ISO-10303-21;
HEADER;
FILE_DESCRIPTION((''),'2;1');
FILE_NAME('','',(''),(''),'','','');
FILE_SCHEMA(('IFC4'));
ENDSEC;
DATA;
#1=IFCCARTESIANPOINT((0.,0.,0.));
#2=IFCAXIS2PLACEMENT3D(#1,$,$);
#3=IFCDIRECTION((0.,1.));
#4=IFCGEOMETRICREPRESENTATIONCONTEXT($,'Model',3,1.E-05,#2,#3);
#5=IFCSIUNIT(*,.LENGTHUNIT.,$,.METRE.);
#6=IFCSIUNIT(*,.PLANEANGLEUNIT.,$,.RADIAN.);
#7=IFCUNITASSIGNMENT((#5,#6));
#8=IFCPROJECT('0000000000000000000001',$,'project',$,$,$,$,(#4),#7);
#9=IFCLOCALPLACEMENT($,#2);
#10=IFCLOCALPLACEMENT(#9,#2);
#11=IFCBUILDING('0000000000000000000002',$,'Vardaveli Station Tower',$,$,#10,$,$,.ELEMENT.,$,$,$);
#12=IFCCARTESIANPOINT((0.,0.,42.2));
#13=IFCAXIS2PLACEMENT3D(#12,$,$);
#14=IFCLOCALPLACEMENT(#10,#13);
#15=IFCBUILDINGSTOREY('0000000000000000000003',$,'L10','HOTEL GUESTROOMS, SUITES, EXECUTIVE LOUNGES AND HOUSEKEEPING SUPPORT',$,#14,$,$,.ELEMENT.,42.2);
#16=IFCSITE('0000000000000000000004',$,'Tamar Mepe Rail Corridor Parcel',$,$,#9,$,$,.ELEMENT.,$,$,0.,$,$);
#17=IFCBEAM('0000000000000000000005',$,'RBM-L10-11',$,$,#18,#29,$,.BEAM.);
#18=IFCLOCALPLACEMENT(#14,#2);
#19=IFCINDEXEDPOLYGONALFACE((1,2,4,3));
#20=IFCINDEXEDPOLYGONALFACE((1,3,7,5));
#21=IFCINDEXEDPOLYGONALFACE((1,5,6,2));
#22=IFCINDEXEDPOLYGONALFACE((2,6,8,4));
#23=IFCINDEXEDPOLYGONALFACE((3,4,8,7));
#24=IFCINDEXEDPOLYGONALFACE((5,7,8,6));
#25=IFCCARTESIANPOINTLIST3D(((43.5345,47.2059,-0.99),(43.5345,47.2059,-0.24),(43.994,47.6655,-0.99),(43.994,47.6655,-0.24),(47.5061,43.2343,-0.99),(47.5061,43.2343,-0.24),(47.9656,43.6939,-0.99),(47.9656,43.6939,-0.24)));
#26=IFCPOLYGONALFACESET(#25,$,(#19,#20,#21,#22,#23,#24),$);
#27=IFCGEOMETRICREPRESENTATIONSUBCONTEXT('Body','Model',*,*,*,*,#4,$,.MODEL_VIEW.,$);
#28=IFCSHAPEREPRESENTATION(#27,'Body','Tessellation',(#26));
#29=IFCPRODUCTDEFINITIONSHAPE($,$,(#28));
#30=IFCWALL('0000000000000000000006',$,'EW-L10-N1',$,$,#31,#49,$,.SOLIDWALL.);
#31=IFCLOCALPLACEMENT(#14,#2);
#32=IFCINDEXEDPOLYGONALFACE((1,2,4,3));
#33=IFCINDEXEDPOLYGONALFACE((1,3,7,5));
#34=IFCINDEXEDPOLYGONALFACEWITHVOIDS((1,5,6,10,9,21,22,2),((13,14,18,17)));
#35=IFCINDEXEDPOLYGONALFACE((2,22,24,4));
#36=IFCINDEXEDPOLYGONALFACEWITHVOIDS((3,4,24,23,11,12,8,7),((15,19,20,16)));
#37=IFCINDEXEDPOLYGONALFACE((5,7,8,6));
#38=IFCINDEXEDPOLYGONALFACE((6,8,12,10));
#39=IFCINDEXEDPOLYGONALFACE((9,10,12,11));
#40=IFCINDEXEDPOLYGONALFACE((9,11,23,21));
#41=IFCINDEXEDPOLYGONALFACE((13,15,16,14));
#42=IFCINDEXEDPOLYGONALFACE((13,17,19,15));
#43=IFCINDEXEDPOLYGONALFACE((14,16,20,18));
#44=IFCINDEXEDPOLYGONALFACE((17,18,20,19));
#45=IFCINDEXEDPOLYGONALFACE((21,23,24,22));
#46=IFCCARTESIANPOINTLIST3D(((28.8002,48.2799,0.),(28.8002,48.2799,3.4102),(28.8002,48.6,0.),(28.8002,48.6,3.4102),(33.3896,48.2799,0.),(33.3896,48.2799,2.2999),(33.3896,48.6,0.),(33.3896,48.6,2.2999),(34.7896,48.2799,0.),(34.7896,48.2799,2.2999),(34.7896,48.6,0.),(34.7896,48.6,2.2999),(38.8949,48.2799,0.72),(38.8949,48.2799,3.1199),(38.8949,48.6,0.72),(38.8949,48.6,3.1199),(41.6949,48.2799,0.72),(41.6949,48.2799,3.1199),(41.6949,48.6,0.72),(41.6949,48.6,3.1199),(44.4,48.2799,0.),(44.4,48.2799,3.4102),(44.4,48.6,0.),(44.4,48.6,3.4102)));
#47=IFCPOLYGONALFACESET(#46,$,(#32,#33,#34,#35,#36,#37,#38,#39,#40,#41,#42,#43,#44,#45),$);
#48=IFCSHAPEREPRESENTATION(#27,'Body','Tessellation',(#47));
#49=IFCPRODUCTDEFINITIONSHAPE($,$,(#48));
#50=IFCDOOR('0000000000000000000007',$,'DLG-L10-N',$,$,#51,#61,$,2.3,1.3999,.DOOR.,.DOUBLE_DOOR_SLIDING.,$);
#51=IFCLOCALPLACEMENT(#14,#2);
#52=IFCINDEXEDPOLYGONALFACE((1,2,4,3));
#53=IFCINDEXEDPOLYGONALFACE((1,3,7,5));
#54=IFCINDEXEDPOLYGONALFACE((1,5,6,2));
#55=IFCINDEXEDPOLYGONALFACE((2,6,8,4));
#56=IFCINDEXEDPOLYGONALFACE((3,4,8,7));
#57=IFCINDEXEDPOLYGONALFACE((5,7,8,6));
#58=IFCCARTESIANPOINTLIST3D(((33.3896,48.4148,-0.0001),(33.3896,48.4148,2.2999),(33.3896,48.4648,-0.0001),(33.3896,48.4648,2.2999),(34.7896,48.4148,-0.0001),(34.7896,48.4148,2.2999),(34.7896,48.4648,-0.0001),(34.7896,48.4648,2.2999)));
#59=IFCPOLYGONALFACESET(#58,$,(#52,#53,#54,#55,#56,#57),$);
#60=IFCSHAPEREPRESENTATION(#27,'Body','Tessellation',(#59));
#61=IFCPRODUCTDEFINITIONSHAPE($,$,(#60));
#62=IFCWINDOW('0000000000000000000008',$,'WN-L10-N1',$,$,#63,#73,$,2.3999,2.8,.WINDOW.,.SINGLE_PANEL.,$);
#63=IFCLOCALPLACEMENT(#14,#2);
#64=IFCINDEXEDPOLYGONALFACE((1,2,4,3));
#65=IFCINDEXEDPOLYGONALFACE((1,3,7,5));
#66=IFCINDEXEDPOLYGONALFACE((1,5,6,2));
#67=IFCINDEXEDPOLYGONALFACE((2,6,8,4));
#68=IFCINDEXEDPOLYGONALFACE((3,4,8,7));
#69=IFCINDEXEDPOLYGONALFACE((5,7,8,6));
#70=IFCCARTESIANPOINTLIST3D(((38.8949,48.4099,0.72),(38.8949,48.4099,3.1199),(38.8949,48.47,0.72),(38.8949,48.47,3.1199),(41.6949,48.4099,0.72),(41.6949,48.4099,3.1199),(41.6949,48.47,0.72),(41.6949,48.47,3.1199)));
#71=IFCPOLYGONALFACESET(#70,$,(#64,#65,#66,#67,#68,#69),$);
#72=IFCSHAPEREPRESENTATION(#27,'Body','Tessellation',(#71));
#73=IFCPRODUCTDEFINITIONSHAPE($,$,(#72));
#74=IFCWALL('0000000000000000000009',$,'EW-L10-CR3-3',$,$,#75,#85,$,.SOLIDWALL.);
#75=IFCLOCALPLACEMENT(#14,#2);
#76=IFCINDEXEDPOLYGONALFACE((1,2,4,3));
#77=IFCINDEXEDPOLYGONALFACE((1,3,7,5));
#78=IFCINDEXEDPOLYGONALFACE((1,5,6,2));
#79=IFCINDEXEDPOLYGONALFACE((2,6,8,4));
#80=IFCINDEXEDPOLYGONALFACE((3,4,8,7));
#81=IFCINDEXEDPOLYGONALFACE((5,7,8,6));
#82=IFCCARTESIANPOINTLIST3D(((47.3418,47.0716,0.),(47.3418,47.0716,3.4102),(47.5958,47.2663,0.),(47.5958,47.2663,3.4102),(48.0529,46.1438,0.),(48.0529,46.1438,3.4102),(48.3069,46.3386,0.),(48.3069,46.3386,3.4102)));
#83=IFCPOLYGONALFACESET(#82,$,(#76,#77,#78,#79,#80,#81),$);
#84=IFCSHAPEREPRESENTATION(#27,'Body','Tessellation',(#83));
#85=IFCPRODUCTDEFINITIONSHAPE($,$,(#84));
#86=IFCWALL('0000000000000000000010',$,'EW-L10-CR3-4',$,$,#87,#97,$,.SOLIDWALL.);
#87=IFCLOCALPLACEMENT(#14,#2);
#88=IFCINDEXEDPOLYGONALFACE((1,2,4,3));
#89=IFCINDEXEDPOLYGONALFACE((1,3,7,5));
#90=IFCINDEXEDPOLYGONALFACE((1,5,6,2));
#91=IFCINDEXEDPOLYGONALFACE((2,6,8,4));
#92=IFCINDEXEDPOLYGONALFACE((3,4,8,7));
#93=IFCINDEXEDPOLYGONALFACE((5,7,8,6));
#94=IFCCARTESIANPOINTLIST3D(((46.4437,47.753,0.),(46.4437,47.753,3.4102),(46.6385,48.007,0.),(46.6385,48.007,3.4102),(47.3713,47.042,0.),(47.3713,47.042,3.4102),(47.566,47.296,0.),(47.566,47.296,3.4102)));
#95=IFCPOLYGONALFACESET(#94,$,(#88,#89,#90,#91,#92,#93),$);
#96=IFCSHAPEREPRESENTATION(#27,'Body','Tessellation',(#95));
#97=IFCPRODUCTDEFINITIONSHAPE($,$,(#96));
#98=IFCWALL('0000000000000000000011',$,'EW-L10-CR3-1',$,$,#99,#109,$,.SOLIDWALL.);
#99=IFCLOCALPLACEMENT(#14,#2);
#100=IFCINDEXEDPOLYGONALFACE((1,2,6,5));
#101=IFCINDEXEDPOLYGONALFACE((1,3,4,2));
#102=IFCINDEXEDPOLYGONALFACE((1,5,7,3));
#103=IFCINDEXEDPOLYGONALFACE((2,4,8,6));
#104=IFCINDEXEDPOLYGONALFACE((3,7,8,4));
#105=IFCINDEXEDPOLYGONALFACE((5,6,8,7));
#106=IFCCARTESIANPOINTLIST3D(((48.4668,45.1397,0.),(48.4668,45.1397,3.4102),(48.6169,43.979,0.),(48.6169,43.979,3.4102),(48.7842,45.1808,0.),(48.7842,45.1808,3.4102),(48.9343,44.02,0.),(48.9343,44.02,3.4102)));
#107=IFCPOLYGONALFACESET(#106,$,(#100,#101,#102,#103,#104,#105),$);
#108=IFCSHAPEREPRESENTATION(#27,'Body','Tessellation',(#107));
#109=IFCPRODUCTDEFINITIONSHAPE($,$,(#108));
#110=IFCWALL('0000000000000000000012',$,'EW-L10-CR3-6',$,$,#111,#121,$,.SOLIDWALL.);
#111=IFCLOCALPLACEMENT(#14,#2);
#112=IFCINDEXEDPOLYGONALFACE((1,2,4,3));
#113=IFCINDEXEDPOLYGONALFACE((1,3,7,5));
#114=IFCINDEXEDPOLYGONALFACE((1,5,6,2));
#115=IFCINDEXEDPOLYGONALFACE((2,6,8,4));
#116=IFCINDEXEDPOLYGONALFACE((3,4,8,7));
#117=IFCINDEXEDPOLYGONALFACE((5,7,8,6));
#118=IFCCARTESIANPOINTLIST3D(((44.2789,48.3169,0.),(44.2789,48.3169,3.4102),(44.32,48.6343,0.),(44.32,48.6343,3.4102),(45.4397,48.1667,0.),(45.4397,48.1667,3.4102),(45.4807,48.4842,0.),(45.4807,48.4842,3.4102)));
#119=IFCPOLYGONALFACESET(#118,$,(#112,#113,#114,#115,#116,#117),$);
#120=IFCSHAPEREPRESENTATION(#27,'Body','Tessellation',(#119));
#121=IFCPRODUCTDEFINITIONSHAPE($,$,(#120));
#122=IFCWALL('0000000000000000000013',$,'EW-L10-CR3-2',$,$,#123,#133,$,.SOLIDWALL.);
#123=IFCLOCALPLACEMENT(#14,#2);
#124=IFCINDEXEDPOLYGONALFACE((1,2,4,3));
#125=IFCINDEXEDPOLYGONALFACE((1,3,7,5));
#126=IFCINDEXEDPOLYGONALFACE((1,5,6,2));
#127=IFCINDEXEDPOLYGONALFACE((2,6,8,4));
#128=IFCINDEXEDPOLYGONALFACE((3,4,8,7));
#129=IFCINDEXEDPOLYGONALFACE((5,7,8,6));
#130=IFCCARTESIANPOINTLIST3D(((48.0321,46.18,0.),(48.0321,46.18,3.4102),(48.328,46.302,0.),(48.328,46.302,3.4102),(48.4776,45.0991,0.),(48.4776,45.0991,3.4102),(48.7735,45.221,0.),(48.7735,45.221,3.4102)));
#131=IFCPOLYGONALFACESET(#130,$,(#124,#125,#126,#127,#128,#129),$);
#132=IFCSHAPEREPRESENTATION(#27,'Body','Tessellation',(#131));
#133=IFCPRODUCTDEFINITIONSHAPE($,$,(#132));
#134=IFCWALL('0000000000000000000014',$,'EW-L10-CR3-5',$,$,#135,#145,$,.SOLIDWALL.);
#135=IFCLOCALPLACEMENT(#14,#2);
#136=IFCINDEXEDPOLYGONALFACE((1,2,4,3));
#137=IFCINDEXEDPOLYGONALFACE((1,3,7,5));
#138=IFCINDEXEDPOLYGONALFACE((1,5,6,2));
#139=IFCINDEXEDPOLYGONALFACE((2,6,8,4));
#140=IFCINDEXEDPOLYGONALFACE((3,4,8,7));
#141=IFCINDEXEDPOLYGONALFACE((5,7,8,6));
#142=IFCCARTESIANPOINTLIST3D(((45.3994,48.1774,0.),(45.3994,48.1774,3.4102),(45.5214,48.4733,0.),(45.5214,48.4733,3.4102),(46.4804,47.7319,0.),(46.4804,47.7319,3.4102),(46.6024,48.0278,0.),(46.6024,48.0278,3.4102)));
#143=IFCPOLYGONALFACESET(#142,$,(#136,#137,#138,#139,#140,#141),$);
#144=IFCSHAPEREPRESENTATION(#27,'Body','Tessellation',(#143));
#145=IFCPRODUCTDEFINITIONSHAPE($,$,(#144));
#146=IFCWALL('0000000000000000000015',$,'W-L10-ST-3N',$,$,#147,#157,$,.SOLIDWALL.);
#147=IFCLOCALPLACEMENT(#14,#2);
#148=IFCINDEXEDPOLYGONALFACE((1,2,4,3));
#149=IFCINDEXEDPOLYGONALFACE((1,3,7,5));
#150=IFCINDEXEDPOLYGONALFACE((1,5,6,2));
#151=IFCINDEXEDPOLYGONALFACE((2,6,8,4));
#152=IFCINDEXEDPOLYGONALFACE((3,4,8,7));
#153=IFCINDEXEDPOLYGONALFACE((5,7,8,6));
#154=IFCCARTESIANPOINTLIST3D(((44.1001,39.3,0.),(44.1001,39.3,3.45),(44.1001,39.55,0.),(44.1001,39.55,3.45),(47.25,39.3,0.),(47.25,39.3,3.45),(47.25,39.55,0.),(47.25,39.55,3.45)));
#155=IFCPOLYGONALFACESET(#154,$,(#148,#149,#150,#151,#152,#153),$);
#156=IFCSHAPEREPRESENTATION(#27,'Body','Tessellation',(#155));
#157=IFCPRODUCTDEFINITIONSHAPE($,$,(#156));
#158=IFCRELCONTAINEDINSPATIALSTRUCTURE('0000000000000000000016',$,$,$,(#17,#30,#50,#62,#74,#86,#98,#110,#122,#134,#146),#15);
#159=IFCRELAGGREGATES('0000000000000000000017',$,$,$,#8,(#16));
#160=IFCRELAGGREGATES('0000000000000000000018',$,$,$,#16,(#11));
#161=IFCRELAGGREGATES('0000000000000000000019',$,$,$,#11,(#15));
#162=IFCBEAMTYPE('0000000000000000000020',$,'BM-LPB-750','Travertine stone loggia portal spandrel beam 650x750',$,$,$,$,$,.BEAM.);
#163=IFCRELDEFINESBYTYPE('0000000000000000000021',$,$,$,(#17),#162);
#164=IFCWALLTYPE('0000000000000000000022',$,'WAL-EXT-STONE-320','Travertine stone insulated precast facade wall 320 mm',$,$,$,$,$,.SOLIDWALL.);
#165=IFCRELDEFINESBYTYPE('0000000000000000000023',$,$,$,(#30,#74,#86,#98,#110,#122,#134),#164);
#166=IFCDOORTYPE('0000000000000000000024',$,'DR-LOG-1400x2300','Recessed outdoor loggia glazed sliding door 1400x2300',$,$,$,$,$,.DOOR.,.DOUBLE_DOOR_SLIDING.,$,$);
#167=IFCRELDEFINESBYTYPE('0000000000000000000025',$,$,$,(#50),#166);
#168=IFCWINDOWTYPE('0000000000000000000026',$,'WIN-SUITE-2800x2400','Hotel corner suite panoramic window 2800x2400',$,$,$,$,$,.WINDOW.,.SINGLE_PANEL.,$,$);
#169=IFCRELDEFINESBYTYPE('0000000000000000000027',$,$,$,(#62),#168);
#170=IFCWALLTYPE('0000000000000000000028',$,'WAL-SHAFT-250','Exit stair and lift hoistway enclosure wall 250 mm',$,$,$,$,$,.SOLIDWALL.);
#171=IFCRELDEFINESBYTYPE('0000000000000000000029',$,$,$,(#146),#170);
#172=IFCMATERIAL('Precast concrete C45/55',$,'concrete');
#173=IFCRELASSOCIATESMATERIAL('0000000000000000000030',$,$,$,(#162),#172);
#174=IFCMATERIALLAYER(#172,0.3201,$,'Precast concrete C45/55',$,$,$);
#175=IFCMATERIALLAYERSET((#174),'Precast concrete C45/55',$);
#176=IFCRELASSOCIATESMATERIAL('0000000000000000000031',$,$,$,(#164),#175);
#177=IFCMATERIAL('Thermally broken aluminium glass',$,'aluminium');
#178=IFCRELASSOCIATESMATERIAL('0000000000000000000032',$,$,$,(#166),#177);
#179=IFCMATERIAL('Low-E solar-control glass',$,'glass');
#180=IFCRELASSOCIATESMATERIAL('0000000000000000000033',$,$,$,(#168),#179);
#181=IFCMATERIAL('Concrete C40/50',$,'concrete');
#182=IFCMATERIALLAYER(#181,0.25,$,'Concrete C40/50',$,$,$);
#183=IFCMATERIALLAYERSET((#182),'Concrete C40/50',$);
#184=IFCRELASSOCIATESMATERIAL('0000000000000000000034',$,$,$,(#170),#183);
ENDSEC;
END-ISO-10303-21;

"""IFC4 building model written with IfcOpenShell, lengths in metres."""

from ifc_helpers import new_model, si_unit, direction, frame, frame_2d, origin, origin_2d, place, context, subcontext, project, spatial, rectangle, extrude, source, transform, mapped, material, layer, layer_set, material_profile, profile_set, type_object, element, fill, save


model = new_model("IFC4")

# Units and contexts
model_context = context("Model", 3, precision=1e-05, world=origin(), true_north=direction((0.0, 1.0)))
body_context = subcontext(model_context, "Body", "Model", "MODEL_VIEW")
ifc_project = project(units=[si_unit("LENGTHUNIT", "METRE"), si_unit("PLANEANGLEUNIT", "RADIAN")], contexts=[model_context])

# Site, building, storey
site_placement = place(None, origin())
site = spatial("IfcSite", under=ifc_project, at=site_placement, Name="Tamar Mepe Rail Corridor Parcel", CompositionType="ELEMENT", RefElevation=0.0)
building_placement = place(site_placement, origin())
building = spatial("IfcBuilding", under=site, at=building_placement, Name="Vardaveli Station Tower", CompositionType="ELEMENT")
storey_placement = place(building_placement, frame((0.0, 0.0, 42.2)))
storey = spatial("IfcBuildingStorey", under=building, at=storey_placement, Name="L10", Description="HOTEL GUESTROOMS, SUITES, EXECUTIVE LOUNGES AND HOUSEKEEPING SUPPORT", CompositionType="ELEMENT", Elevation=42.2)

# Beam
ifc_material_1 = material(Name="Precast concrete C45/55", Category="concrete")
ifc_material_profile_1 = material_profile(ifc_material_1, rectangle(XDim=0.6499, YDim=0.75, at=origin_2d()), Name="LPB 650x750")
ifc_profile_set_1 = profile_set([ifc_material_profile_1], Name="Precast concrete C45/55")
beam_type = type_object("IfcBeamType", Name="BM-LPB-750", Description="Travertine stone loggia portal spandrel beam 650x750", PredefinedType="BEAM", material=ifc_profile_set_1)
shared_shape_1 = source(origin(), body_context, "Body", "SweptSolid", [
    extrude(rectangle(XDim=0.6499, YDim=0.75, at=origin_2d()), origin(), (0.0, 0.0, 1.0), 5.6167),
])
beam_placement = place(storey_placement, frame((47.7358, 43.4641, -0.615), z_axis=(-0.707107, 0.707107, 0.0), x_axis=(-0.707107, -0.707107, 0.0)))
element("IfcBeam", 1, at=beam_placement, inside=storey, type_object=beam_type, Name="RBM-L10-11", PredefinedType="BEAM", context=body_context, shape_type="MappedRepresentation", body=[
    mapped(shared_shape_1, transform((0.0, 0.0, 0.0), scale=1.0)),
])

# Wall, openings, door, window
ifc_layer_1 = layer(ifc_material_1, 0.3201, Name="Precast concrete C45/55")
ifc_layer_set_1 = layer_set([ifc_layer_1], Name="Precast concrete C45/55")
wall_type_1 = type_object("IfcWallType", Name="WAL-EXT-STONE-320", Description="Travertine stone insulated precast facade wall 320 mm", PredefinedType="SOLIDWALL", material=ifc_layer_set_1)
shared_shape_2 = source(origin(), body_context, "Body", "SweptSolid", [
    extrude(rectangle(XDim=15.5999, YDim=0.3201, at=frame_2d((7.7998, 0.0))), origin(), (0.0, 0.0, 1.0), 3.4102),
])
wall_1_placement = place(storey_placement, frame((44.3999, 48.4399, 0.0), z_axis=(0.0, 0.0, 1.0), x_axis=(-1.0, 0.0, 0.0)))
wall_1 = element("IfcWall", 2, at=wall_1_placement, inside=storey, type_object=wall_type_1, Name="EW-L10-N1", PredefinedType="SOLIDWALL", context=body_context, shape_type="MappedRepresentation", body=[
    mapped(shared_shape_2, transform((0.0, 0.0, 0.0), scale=1.0)),
])
shared_shape_3 = source(origin(), body_context, "Body", "SweptSolid", [
    extrude(rectangle(XDim=1.3999, YDim=2.3, at=frame_2d((0.7, 1.1499))), frame((0.0, 0.1699, 0.0), z_axis=(0.0, -1.0, 0.0), x_axis=(1.0, 0.0, 0.0)), (0.0, 0.0, 1.0), 0.3401),
])
opening_1_placement = place(wall_1_placement, frame((9.6104, 0.0, 0.0)))
opening_1 = element("IfcOpeningElement", 3, at=opening_1_placement, cuts=wall_1, PredefinedType="OPENING", context=body_context, shape_type="MappedRepresentation", body=[
    mapped(shared_shape_3, transform((0.0, 0.0, 0.0), scale=1.0)),
])
shared_shape_4 = source(origin(), body_context, "Body", "SweptSolid", [
    extrude(rectangle(XDim=2.8, YDim=2.3999, at=frame_2d((1.3999, 1.2))), frame((0.0, 0.1699, 0.0), z_axis=(0.0, -1.0, 0.0), x_axis=(1.0, 0.0, 0.0)), (0.0, 0.0, 1.0), 0.3401),
])
opening_2_placement = place(wall_1_placement, frame((2.7051, 0.0, 0.72)))
opening_2 = element("IfcOpeningElement", 4, at=opening_2_placement, cuts=wall_1, PredefinedType="OPENING", context=body_context, shape_type="MappedRepresentation", body=[
    mapped(shared_shape_4, transform((0.0, 0.0, 0.0), scale=1.0)),
])
ifc_material_2 = material(Name="Thermally broken aluminium glass", Category="aluminium")
door_type = type_object("IfcDoorType", Name="DR-LOG-1400x2300", Description="Recessed outdoor loggia glazed sliding door 1400x2300", OperationType="DOUBLE_DOOR_SLIDING", PredefinedType="DOOR", material=ifc_material_2)
shared_shape_5 = source(origin(), body_context, "Body", "SweptSolid", [
    extrude(rectangle(XDim=1.3999, YDim=2.3, at=frame_2d((0.7, 1.1499))), frame((0.0, 0.0249, 0.0), z_axis=(0.0, -1.0, 0.0), x_axis=(1.0, 0.0, 0.0)), (0.0, 0.0, 1.0), 0.05),
])
door_placement = place(opening_1_placement, frame((1.3999, 0.0, 0.0), z_axis=(0.0, 0.0, 1.0), x_axis=(-1.0, 0.0, 0.0)))
door = element("IfcDoor", 5, at=door_placement, inside=storey, type_object=door_type, Name="DLG-L10-N", OperationType="DOUBLE_DOOR_SLIDING", OverallHeight=2.3, OverallWidth=1.3999, PredefinedType="DOOR", context=body_context, shape_type="MappedRepresentation", body=[
    mapped(shared_shape_5, transform((0.0, 0.0, 0.0), scale=1.0)),
])
fill(opening_1, door)
ifc_material_3 = material(Name="Low-E solar-control glass", Category="glass")
window_type = type_object("IfcWindowType", Name="WIN-SUITE-2800x2400", Description="Hotel corner suite panoramic window 2800x2400", PartitioningType="SINGLE_PANEL", PredefinedType="WINDOW", material=ifc_material_3)
shared_shape_6 = source(origin(), body_context, "Body", "SweptSolid", [
    extrude(rectangle(XDim=2.8, YDim=2.3999, at=frame_2d((1.3999, 1.2))), frame((0.0, 0.03, 0.0), z_axis=(0.0, -1.0, 0.0), x_axis=(1.0, 0.0, 0.0)), (0.0, 0.0, 1.0), 0.0601),
])
window_placement = place(opening_2_placement, origin())
window = element("IfcWindow", 6, at=window_placement, inside=storey, type_object=window_type, Name="WN-L10-N1", OverallHeight=2.3999, OverallWidth=2.8, PartitioningType="SINGLE_PANEL", PredefinedType="WINDOW", context=body_context, shape_type="MappedRepresentation", body=[
    mapped(shared_shape_6, transform((0.0, 0.0, 0.0), scale=1.0)),
])
fill(opening_2, window)

# Walls
shared_shape_7 = source(origin(), body_context, "Body", "SweptSolid", [
    extrude(rectangle(XDim=1.1689, YDim=0.3201, at=frame_2d((0.5845, 0.0))), origin(), (0.0, 0.0, 1.0), 3.4102),
])
wall_2_placement = place(storey_placement, frame((48.1799, 46.2412, 0.0), z_axis=(0.0, 0.0, 1.0), x_axis=(-0.608388, 0.79364, 0.0)))
element("IfcWall", 7, at=wall_2_placement, inside=storey, type_object=wall_type_1, Name="EW-L10-CR3-3", PredefinedType="SOLIDWALL", context=body_context, shape_type="MappedRepresentation", body=[
    mapped(shared_shape_7, transform((0.0, 0.0, 0.0), scale=1.0)),
])
shared_shape_8 = source(origin(), body_context, "Body", "SweptSolid", [
    extrude(rectangle(XDim=1.1687, YDim=0.3201, at=frame_2d((0.5845, 0.0))), origin(), (0.0, 0.0, 1.0), 3.4102),
])
wall_3_placement = place(storey_placement, frame((47.4688, 47.1689, 0.0), z_axis=(0.0, 0.0, 1.0), x_axis=(-0.793664, 0.608357, 0.0)))
element("IfcWall", 8, at=wall_3_placement, inside=storey, type_object=wall_type_1, Name="EW-L10-CR3-4", PredefinedType="SOLIDWALL", context=body_context, shape_type="MappedRepresentation", body=[
    mapped(shared_shape_8, transform((0.0, 0.0, 0.0), scale=1.0)),
])
shared_shape_9 = source(origin(), body_context, "Body", "SweptSolid", [
    extrude(rectangle(XDim=1.1704, YDim=0.3201, at=frame_2d((0.5852, 0.0))), origin(), (0.0, 0.0, 1.0), 3.4102),
])
for number, where, z_axis, x_axis, name in (
    (9, (48.7756, 43.9995, 0.0), (0.0, 0.0, 1.0), (-0.128296, 0.991736, 0.0), "EW-L10-CR3-1"),
    (10, (45.4602, 48.3254, 0.0), (0.0, 0.0, 1.0), (-0.991736, 0.128296, 0.0), "EW-L10-CR3-6"),
):
    element("IfcWall", number, at=place(storey_placement, frame(where, z_axis=z_axis, x_axis=x_axis)), inside=storey, type_object=wall_type_1, Name=name, PredefinedType="SOLIDWALL", context=body_context, shape_type="MappedRepresentation", body=[
        mapped(shared_shape_9, transform((0.0, 0.0, 0.0), scale=1.0)),
    ])
shared_shape_10 = source(origin(), body_context, "Body", "SweptSolid", [
    extrude(rectangle(XDim=1.1692, YDim=0.3201, at=frame_2d((0.5845, 0.0))), origin(), (0.0, 0.0, 1.0), 3.4102),
])
for number, where, z_axis, x_axis, name in (
    (11, (48.6255, 45.1602, 0.0), (0.0, 0.0, 1.0), (-0.381054, 0.924553, 0.0), "EW-L10-CR3-2"),
    (12, (46.5413, 47.8799, 0.0), (0.0, 0.0, 1.0), (-0.924553, 0.381054, 0.0), "EW-L10-CR3-5"),
):
    element("IfcWall", number, at=place(storey_placement, frame(where, z_axis=z_axis, x_axis=x_axis)), inside=storey, type_object=wall_type_1, Name=name, PredefinedType="SOLIDWALL", context=body_context, shape_type="MappedRepresentation", body=[
        mapped(shared_shape_10, transform((0.0, 0.0, 0.0), scale=1.0)),
    ])
ifc_material_4 = material(Name="Concrete C40/50", Category="concrete")
ifc_layer_2 = layer(ifc_material_4, 0.25, Name="Concrete C40/50")
ifc_layer_set_2 = layer_set([ifc_layer_2], Name="Concrete C40/50")
wall_type_2 = type_object("IfcWallType", Name="WAL-SHAFT-250", Description="Exit stair and lift hoistway enclosure wall 250 mm", PredefinedType="SOLIDWALL", material=ifc_layer_set_2)
shared_shape_11 = source(origin(), body_context, "Body", "SweptSolid", [
    extrude(rectangle(XDim=3.1499, YDim=0.25, at=frame_2d((1.575, 0.0))), origin(), (0.0, 0.0, 1.0), 3.45),
])
wall_4_placement = place(storey_placement, frame((44.1001, 39.425, 0.0), z_axis=(0.0, 0.0, 1.0), x_axis=(1.0, 0.0, 0.0)))
element("IfcWall", 13, at=wall_4_placement, inside=storey, type_object=wall_type_2, Name="W-L10-ST-3N", PredefinedType="SOLIDWALL", context=body_context, shape_type="MappedRepresentation", body=[
    mapped(shared_shape_11, transform((0.0, 0.0, 0.0), scale=1.0)),
])

save(model, "model.ifc")
